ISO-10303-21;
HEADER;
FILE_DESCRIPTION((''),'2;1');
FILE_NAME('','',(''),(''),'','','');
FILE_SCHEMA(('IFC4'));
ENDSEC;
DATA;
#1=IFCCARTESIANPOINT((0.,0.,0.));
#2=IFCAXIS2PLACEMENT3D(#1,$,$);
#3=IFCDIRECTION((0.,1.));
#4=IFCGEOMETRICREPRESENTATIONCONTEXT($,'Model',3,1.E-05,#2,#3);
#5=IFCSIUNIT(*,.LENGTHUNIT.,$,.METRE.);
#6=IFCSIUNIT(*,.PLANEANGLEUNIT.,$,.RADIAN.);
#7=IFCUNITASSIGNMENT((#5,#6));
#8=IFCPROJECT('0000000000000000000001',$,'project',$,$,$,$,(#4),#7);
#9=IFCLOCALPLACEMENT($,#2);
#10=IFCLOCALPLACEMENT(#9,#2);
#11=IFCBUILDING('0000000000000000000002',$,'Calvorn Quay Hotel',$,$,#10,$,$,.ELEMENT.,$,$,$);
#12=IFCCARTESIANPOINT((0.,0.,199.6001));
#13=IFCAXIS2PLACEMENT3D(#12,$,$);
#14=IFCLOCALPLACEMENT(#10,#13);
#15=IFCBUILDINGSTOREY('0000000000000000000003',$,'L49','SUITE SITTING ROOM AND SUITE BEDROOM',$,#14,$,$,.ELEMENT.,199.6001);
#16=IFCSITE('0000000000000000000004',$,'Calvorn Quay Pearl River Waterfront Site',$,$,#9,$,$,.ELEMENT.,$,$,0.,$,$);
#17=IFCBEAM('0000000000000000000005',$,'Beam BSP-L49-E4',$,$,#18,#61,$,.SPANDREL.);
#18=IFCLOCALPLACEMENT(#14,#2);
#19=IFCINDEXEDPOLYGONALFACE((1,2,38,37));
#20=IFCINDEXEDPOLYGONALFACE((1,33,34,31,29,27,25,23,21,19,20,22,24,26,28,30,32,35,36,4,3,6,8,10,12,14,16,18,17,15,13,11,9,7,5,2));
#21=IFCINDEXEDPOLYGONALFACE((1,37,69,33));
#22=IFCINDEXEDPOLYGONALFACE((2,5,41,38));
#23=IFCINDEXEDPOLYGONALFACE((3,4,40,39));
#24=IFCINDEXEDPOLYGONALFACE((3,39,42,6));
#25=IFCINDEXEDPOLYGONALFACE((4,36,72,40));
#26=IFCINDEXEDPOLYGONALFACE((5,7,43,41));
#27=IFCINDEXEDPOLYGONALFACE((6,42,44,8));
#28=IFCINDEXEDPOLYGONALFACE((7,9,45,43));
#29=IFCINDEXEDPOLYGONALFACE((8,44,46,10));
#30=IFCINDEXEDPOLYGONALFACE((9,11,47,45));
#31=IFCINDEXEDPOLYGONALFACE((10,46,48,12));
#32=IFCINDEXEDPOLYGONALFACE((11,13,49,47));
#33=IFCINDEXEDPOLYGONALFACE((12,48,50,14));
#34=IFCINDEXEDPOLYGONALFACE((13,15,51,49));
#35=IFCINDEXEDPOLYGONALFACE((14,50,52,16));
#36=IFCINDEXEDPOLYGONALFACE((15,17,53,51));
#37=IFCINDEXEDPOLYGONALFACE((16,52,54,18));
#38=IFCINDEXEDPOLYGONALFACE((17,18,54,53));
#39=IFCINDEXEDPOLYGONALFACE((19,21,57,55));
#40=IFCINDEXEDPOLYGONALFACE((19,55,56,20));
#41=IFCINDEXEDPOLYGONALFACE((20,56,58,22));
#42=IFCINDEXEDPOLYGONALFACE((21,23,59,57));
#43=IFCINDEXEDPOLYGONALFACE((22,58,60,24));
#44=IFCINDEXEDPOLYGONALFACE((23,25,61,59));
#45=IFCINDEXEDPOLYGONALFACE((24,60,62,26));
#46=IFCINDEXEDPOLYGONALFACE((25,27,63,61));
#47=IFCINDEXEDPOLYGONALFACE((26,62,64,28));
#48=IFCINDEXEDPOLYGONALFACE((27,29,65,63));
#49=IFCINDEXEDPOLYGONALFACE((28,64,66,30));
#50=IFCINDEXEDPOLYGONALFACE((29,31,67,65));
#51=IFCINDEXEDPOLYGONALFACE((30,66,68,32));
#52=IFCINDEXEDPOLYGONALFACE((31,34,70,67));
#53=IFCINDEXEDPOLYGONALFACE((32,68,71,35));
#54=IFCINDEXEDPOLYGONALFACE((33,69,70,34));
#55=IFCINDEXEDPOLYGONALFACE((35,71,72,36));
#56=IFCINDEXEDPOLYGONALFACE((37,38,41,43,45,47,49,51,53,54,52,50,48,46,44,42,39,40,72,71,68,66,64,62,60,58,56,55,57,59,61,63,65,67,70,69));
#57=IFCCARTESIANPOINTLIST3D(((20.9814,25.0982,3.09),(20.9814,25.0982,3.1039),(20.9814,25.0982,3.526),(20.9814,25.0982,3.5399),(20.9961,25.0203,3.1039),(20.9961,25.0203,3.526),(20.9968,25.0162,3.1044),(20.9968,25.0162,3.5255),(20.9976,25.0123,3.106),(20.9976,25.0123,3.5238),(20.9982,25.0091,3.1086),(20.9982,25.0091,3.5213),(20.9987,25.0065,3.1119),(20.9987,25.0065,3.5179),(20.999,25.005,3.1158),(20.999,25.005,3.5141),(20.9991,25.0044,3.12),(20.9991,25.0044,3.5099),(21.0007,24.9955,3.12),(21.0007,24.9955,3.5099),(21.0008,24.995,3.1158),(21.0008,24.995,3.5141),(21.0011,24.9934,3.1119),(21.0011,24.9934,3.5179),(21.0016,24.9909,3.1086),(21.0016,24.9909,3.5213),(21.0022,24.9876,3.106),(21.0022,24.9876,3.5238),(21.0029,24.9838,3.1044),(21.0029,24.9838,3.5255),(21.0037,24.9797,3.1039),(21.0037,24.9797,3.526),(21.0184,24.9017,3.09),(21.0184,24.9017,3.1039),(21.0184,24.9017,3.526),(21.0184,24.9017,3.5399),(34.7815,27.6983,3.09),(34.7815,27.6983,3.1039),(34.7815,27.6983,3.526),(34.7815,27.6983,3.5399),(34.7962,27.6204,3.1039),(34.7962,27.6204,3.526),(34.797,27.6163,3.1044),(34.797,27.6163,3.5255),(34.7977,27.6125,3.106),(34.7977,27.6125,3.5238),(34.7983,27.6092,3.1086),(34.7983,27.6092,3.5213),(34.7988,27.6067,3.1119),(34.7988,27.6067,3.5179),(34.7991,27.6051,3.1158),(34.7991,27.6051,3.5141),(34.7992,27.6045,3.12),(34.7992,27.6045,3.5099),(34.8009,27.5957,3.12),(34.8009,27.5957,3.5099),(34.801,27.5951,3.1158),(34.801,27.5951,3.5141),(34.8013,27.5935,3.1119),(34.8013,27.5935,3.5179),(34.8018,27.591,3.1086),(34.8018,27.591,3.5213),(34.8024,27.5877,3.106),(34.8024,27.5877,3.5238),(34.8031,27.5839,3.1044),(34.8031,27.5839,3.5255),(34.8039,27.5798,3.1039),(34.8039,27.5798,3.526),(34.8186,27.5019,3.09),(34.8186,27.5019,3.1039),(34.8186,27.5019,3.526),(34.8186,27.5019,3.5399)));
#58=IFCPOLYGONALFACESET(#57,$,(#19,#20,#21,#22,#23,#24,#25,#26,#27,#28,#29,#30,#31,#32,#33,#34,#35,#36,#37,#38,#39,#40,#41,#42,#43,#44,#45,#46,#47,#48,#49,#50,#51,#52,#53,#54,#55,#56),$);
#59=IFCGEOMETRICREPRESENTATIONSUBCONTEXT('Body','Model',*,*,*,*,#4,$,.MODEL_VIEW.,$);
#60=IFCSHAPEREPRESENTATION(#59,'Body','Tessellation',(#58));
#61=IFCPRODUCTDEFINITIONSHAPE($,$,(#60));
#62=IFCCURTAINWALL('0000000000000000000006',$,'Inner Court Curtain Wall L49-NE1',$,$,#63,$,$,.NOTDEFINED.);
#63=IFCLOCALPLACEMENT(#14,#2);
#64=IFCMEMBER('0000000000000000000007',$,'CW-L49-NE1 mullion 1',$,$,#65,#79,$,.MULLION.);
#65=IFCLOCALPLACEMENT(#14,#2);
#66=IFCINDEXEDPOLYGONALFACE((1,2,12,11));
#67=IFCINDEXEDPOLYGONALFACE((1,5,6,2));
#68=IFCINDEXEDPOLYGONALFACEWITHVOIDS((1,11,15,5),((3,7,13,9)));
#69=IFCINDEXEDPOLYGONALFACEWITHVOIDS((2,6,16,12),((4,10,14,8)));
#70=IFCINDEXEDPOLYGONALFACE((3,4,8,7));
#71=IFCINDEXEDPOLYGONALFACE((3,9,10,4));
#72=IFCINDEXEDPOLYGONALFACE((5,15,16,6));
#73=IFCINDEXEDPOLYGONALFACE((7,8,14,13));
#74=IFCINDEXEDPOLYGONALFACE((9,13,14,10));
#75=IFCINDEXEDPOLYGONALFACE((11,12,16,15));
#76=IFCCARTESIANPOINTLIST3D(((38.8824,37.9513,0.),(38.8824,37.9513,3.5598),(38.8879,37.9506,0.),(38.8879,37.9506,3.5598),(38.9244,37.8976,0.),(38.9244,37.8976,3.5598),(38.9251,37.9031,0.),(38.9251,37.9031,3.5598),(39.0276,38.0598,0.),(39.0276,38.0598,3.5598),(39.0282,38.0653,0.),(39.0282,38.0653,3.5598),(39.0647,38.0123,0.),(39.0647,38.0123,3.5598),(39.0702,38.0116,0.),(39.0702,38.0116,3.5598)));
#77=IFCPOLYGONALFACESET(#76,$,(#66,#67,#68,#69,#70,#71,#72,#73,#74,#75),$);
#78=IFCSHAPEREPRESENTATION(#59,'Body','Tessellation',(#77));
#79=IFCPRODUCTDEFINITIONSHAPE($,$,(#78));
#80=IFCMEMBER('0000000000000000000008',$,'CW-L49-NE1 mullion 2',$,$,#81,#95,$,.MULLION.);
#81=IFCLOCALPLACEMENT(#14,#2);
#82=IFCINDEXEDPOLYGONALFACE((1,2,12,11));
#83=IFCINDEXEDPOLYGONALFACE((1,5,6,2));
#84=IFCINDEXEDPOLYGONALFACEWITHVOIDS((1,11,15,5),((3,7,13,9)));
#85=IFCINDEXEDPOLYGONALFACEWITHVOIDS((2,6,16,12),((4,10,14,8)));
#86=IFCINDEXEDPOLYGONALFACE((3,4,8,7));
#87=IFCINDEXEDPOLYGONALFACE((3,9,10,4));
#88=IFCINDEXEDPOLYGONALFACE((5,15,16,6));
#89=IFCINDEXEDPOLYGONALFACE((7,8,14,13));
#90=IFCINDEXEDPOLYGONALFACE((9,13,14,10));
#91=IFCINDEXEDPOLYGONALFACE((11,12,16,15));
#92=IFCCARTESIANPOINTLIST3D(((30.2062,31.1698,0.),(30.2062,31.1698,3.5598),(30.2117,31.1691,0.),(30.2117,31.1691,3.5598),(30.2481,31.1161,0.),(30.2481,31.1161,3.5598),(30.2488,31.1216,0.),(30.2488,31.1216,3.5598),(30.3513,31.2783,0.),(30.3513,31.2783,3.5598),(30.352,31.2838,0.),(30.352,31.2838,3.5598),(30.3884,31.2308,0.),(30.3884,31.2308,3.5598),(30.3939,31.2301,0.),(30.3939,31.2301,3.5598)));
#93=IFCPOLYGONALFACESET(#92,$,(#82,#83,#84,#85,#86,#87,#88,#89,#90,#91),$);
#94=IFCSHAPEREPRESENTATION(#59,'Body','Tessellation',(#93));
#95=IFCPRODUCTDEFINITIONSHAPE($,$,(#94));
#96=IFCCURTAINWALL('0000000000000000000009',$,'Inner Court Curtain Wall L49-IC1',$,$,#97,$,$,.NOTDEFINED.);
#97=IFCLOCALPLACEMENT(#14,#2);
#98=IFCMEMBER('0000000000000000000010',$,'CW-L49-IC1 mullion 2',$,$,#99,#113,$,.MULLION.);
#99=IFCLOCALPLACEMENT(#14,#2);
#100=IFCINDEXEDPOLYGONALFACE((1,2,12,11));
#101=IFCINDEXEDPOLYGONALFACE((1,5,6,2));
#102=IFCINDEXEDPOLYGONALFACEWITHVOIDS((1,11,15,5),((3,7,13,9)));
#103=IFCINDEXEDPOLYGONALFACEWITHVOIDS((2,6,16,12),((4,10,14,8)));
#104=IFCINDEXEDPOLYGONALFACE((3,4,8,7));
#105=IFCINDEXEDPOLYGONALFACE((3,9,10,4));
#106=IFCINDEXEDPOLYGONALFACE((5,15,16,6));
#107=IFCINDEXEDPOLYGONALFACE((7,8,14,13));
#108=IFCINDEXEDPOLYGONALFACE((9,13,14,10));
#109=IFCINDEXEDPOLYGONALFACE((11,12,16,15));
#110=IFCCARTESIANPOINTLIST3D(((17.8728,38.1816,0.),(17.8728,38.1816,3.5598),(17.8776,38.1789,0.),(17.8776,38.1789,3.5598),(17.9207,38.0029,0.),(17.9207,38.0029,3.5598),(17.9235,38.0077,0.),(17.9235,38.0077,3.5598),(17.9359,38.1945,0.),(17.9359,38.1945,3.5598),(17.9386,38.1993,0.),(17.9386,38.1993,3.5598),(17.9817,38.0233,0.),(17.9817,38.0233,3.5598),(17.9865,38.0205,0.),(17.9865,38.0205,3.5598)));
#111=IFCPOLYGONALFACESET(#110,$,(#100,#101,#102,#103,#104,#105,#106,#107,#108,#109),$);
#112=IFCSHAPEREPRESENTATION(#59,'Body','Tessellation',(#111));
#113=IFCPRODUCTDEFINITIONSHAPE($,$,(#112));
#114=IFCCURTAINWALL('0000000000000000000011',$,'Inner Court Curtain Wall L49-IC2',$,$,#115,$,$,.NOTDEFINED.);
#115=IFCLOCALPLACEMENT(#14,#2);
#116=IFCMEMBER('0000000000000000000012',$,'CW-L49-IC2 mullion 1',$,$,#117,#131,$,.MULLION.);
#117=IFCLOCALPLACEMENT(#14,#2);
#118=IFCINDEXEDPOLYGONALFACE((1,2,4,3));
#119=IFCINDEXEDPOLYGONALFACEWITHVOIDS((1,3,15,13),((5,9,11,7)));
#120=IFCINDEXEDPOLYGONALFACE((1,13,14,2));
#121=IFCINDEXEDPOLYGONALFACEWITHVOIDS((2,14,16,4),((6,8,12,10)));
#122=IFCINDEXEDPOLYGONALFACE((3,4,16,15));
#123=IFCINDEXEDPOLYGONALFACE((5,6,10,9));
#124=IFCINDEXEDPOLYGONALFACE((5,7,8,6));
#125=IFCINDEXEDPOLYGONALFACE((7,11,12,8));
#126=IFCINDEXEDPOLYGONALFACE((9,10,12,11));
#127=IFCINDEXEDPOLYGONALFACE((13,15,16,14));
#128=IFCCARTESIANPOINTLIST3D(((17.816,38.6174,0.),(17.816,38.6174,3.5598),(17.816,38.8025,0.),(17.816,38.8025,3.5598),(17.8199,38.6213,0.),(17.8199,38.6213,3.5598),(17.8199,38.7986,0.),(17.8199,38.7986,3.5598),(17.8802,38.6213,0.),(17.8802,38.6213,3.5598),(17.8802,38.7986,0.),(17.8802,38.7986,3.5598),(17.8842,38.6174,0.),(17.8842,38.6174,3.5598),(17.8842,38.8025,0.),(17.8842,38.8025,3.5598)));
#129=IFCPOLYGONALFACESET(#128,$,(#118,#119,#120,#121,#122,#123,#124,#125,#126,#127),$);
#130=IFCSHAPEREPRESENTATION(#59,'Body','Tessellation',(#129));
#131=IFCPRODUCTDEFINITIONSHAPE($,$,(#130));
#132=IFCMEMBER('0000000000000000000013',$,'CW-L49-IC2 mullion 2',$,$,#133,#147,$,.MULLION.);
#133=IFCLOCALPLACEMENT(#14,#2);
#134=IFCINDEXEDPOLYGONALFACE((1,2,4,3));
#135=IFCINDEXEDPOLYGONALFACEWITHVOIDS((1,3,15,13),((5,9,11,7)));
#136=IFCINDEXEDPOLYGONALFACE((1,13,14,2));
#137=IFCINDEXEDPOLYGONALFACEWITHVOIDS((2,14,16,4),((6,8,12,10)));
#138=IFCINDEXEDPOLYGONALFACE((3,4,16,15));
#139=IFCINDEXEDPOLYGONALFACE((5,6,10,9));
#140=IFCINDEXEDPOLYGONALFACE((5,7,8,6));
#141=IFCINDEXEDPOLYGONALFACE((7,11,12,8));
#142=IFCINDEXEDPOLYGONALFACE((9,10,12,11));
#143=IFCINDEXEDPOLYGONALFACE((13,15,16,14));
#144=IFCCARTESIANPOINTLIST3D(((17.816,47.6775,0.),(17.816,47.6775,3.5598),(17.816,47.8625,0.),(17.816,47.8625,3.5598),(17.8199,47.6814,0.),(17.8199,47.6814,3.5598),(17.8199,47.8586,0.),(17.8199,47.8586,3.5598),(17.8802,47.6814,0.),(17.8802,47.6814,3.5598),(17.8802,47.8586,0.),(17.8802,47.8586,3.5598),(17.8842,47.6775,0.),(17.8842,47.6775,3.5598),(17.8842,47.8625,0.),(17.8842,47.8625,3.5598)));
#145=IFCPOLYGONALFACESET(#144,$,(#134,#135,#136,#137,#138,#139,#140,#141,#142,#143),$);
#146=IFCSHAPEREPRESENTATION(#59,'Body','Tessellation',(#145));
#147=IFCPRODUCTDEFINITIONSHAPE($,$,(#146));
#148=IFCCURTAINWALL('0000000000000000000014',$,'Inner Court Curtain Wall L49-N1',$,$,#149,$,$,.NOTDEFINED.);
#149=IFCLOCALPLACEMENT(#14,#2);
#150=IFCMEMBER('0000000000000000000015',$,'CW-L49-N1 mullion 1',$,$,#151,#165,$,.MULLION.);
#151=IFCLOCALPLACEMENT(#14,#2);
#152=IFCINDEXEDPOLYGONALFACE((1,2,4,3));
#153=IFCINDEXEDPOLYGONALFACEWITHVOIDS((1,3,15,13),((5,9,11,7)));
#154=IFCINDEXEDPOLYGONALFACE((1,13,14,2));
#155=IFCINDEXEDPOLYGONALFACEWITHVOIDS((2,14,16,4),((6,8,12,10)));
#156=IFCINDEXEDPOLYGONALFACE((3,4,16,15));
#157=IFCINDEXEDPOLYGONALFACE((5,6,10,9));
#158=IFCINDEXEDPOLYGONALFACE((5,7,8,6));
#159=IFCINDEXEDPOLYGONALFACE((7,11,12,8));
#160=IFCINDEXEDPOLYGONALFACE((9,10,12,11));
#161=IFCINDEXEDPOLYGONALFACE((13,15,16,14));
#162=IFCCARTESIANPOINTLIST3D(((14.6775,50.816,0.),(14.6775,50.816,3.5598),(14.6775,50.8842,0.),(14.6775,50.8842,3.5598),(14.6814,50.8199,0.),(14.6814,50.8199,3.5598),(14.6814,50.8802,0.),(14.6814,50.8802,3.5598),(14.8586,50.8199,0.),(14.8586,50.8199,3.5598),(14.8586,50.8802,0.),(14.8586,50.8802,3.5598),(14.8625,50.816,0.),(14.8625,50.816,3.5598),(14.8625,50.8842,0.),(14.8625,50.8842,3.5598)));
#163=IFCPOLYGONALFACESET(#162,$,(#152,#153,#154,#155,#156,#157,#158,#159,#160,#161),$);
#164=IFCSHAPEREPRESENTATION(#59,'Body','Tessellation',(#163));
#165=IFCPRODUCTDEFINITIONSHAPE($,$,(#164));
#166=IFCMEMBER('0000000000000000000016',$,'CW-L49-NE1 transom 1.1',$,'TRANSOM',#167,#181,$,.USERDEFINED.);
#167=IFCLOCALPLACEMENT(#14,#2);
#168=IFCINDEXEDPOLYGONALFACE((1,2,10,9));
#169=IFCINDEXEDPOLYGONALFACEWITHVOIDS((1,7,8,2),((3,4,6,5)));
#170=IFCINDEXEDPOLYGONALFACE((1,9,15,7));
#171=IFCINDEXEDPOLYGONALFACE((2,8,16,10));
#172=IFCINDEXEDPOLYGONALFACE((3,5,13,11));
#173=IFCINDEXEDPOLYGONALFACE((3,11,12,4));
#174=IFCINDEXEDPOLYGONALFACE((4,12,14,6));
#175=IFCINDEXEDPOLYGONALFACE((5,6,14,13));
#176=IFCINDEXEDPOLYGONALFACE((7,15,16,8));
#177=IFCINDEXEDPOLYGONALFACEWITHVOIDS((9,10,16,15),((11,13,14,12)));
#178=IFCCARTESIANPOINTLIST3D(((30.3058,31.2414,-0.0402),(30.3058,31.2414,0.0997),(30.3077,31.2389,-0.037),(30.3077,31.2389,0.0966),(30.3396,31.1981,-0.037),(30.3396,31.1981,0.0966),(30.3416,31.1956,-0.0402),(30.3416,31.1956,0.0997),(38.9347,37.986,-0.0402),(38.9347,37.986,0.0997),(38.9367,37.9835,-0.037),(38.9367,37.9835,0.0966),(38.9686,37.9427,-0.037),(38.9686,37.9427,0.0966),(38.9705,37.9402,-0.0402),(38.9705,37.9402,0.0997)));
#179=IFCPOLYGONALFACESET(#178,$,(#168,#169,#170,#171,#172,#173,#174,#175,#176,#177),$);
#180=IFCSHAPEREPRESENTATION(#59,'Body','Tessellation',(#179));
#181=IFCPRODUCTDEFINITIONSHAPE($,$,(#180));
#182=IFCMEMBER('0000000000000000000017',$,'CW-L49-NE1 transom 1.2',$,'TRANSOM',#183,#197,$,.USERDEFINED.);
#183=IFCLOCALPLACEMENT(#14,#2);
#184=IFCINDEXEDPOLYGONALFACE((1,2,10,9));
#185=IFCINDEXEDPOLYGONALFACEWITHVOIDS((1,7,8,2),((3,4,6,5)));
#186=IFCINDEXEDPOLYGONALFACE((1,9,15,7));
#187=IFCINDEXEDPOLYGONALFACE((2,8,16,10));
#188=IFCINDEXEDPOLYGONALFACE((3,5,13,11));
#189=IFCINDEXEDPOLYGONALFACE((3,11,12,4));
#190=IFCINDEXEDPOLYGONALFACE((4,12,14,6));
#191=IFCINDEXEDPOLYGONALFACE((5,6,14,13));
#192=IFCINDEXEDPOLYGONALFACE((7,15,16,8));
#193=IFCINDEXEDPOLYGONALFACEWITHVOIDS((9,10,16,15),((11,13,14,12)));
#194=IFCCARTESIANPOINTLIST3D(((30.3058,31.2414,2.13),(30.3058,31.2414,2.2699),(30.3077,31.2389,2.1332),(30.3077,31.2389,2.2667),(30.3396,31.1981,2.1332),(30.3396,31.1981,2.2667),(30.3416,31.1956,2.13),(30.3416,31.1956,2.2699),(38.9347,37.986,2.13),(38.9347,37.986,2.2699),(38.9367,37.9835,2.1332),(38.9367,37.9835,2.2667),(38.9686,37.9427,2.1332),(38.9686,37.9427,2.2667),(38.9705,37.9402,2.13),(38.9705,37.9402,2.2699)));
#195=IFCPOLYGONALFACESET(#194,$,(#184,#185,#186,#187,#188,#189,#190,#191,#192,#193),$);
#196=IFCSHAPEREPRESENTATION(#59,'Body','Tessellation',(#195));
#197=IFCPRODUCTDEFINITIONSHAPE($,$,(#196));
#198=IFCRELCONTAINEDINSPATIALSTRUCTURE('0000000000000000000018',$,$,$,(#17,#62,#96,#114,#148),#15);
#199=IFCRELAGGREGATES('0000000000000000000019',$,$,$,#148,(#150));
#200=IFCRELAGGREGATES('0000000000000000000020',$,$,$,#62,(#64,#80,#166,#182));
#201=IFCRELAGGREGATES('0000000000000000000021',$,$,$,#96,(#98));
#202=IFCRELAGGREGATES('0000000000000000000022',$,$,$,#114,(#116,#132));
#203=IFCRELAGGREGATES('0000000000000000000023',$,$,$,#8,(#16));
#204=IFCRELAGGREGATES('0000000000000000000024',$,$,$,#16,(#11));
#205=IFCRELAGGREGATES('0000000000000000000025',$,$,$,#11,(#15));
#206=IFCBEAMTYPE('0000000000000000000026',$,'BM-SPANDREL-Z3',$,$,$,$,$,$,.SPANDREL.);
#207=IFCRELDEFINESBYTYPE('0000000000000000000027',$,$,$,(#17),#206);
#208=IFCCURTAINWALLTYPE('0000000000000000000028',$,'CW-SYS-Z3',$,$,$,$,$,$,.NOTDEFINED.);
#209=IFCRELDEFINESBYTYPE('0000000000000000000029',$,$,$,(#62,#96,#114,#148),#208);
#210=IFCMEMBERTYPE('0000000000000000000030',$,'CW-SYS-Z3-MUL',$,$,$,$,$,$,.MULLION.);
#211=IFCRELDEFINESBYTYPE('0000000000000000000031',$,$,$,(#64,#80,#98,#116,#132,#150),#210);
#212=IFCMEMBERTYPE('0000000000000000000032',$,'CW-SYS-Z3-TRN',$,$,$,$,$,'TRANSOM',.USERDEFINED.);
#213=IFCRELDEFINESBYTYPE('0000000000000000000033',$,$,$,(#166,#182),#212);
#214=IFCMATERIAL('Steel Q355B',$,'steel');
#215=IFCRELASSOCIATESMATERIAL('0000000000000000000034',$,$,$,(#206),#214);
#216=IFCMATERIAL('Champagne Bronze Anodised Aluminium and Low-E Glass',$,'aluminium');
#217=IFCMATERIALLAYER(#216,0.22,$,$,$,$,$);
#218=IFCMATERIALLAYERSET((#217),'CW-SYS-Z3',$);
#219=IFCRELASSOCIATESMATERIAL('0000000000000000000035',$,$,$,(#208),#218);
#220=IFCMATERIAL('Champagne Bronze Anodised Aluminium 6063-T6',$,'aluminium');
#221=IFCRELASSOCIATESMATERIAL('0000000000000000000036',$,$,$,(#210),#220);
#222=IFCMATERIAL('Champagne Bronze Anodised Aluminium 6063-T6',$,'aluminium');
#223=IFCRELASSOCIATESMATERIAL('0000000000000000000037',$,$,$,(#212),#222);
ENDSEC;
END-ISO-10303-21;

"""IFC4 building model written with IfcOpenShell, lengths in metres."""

from ifc_helpers import new_model, si_unit, direction, frame, origin, origin_2d, place, context, subcontext, project, spatial, hollow_rectangle, i_section, extrude, material, layer, layer_set, material_profile, profile_set, type_object, element, aggregate, save


model = new_model("IFC4")

# Units and contexts
model_context = context("Model", 3, precision=1e-05, world=origin(), true_north=direction((0.0, 1.0)))
body_context = subcontext(model_context, "Body", "Model", "MODEL_VIEW")
ifc_project = project(units=[si_unit("LENGTHUNIT", "METRE"), si_unit("PLANEANGLEUNIT", "RADIAN")], contexts=[model_context])

# Site, building, storey
site_placement = place(None, origin())
site = spatial("IfcSite", under=ifc_project, at=site_placement, Name="Calvorn Quay Pearl River Waterfront Site", CompositionType="ELEMENT", RefElevation=0.0)
building_placement = place(site_placement, origin())
building = spatial("IfcBuilding", under=site, at=building_placement, Name="Calvorn Quay Hotel", CompositionType="ELEMENT")
storey_placement = place(building_placement, frame((0.0, 0.0, 199.6001)))
storey = spatial("IfcBuildingStorey", under=building, at=storey_placement, Name="L49", Description="SUITE SITTING ROOM AND SUITE BEDROOM", CompositionType="ELEMENT", Elevation=199.6001)

# Beam
ifc_material_1 = material(Name="Steel Q355B", Category="steel")
ifc_material_profile_1 = material_profile(ifc_material_1, i_section(OverallWidth=0.2, OverallDepth=0.45, WebThickness=0.009, FlangeThickness=0.0139, FilletRadius=0.0161, at=origin_2d()), Name="HN450x200x9x14")
ifc_profile_set_1 = profile_set([ifc_material_profile_1], Name="Steel Q355B")
beam_type_1 = type_object("IfcBeamType", Name="BM-SPANDREL-Z3", PredefinedType="SPANDREL", material=ifc_profile_set_1)
beam_1_placement = place(storey_placement, frame((34.8, 27.6001, 3.3149), z_axis=(-0.982709, -0.185154, 0.0), x_axis=(0.185154, -0.982709, 0.0)))
element("IfcBeam", 1, at=beam_1_placement, inside=storey, type_object=beam_type_1, Name="Beam BSP-L49-E4", PredefinedType="SPANDREL", context=body_context, shape_type="SweptSolid", body=[
    extrude(i_section(OverallWidth=0.2, OverallDepth=0.45, WebThickness=0.009, FlangeThickness=0.0139, FilletRadius=0.0161, at=origin_2d()), origin(), (0.0, 0.0, 1.0), 14.043),
])

# Curtain wall, members
ifc_material_2 = material(Name="Champagne Bronze Anodised Aluminium and Low-E Glass", Category="aluminium")
ifc_layer_1 = layer(ifc_material_2, 0.22)
ifc_layer_set_1 = layer_set([ifc_layer_1], Name="CW-SYS-Z3")
curtain_wall_type = type_object("IfcCurtainWallType", Name="CW-SYS-Z3", PredefinedType="NOTDEFINED", material=ifc_layer_set_1)
curtain_wall_1_placement = place(storey_placement, origin())
curtain_wall_1 = element("IfcCurtainWall", 2, at=curtain_wall_1_placement, inside=storey, type_object=curtain_wall_type, Name="Inner Court Curtain Wall L49-NE1", PredefinedType="NOTDEFINED")
ifc_material_3 = material(Name="Champagne Bronze Anodised Aluminium 6063-T6", Category="aluminium")
ifc_material_profile_2 = material_profile(ifc_material_3, hollow_rectangle(XDim=0.0681, YDim=0.1851, WallThickness=0.0039, at=origin_2d()), Name="ALU-M185x68x4")
ifc_profile_set_2 = profile_set([ifc_material_profile_2], Name="Champagne Bronze Anodised Aluminium 6063-T6")
member_type_1 = type_object("IfcMemberType", Name="CW-SYS-Z3-MUL", PredefinedType="MULLION", material=ifc_profile_set_2)
member_1_placement = place(storey_placement, frame((38.9763, 37.9814, 0.0), z_axis=(0.0, 0.0, 1.0), x_axis=(0.61582, -0.787887, 0.0)))
member_1 = element("IfcMember", 3, at=member_1_placement, type_object=member_type_1, Name="CW-L49-NE1 mullion 1", PredefinedType="MULLION", context=body_context, shape_type="SweptSolid", body=[
    extrude(hollow_rectangle(XDim=0.0681, YDim=0.1851, WallThickness=0.0039, at=origin_2d()), origin(), (0.0, 0.0, 1.0), 3.5598),
])
member_2_placement = place(storey_placement, frame((30.3, 31.2, 0.0), z_axis=(0.0, 0.0, 1.0), x_axis=(0.61582, -0.787887, 0.0)))
member_2 = element("IfcMember", 4, at=member_2_placement, type_object=member_type_1, Name="CW-L49-NE1 mullion 2", PredefinedType="MULLION", context=body_context, shape_type="SweptSolid", body=[
    extrude(hollow_rectangle(XDim=0.0681, YDim=0.1851, WallThickness=0.0039, at=origin_2d()), origin(), (0.0, 0.0, 1.0), 3.5598),
])

# Curtain wall, member
curtain_wall_2_placement = place(storey_placement, origin())
curtain_wall_2 = element("IfcCurtainWall", 5, at=curtain_wall_2_placement, inside=storey, type_object=curtain_wall_type, Name="Inner Court Curtain Wall L49-IC1", PredefinedType="NOTDEFINED")
member_3_placement = place(storey_placement, frame((17.9297, 38.1011, 0.0), z_axis=(0.0, 0.0, 1.0), x_axis=(-0.965937, -0.258779, 0.0)))
member_3 = element("IfcMember", 6, at=member_3_placement, type_object=member_type_1, Name="CW-L49-IC1 mullion 2", PredefinedType="MULLION", context=body_context, shape_type="SweptSolid", body=[
    extrude(hollow_rectangle(XDim=0.0681, YDim=0.1851, WallThickness=0.0039, at=origin_2d()), origin(), (0.0, 0.0, 1.0), 3.5598),
])

# Curtain wall, members
curtain_wall_3_placement = place(storey_placement, origin())
curtain_wall_3 = element("IfcCurtainWall", 7, at=curtain_wall_3_placement, inside=storey, type_object=curtain_wall_type, Name="Inner Court Curtain Wall L49-IC2", PredefinedType="NOTDEFINED")
member_4_placement = place(storey_placement, frame((17.8501, 38.71, 0.0), z_axis=(0.0, 0.0, 1.0), x_axis=(-1.0, 0.0, 0.0)))
member_4 = element("IfcMember", 8, at=member_4_placement, type_object=member_type_1, Name="CW-L49-IC2 mullion 1", PredefinedType="MULLION", context=body_context, shape_type="SweptSolid", body=[
    extrude(hollow_rectangle(XDim=0.0681, YDim=0.1851, WallThickness=0.0039, at=origin_2d()), origin(), (0.0, 0.0, 1.0), 3.5598),
])
member_5_placement = place(storey_placement, frame((17.8501, 47.77, 0.0), z_axis=(0.0, 0.0, 1.0), x_axis=(-1.0, 0.0, 0.0)))
member_5 = element("IfcMember", 9, at=member_5_placement, type_object=member_type_1, Name="CW-L49-IC2 mullion 2", PredefinedType="MULLION", context=body_context, shape_type="SweptSolid", body=[
    extrude(hollow_rectangle(XDim=0.0681, YDim=0.1851, WallThickness=0.0039, at=origin_2d()), origin(), (0.0, 0.0, 1.0), 3.5598),
])

# Curtain wall, member
curtain_wall_4_placement = place(storey_placement, origin())
curtain_wall_4 = element("IfcCurtainWall", 10, at=curtain_wall_4_placement, inside=storey, type_object=curtain_wall_type, Name="Inner Court Curtain Wall L49-N1", PredefinedType="NOTDEFINED")
member_6_placement = place(storey_placement, frame((14.77, 50.8501, 0.0), z_axis=(0.0, 0.0, 1.0), x_axis=(0.0, -1.0, 0.0)))
member_6 = element("IfcMember", 11, at=member_6_placement, type_object=member_type_1, Name="CW-L49-N1 mullion 1", PredefinedType="MULLION", context=body_context, shape_type="SweptSolid", body=[
    extrude(hollow_rectangle(XDim=0.0681, YDim=0.1851, WallThickness=0.0039, at=origin_2d()), origin(), (0.0, 0.0, 1.0), 3.5598),
])
aggregate(curtain_wall_4, [member_6])

# Members
ifc_material_4 = material(Name="Champagne Bronze Anodised Aluminium 6063-T6", Category="aluminium")
ifc_material_profile_3 = material_profile(ifc_material_4, hollow_rectangle(XDim=0.0581, YDim=0.1399, WallThickness=0.0032, at=origin_2d()), Name="ALU-T140x58x3.2")
ifc_profile_set_3 = profile_set([ifc_material_profile_3], Name="Champagne Bronze Anodised Aluminium 6063-T6")
member_type_2 = type_object("IfcMemberType", Name="CW-SYS-Z3-TRN", ElementType="TRANSOM", PredefinedType="USERDEFINED", material=ifc_profile_set_3)
member_7_placement = place(storey_placement, frame((38.9526, 37.9631, 0.0298), z_axis=(-0.787878, -0.615831, 0.0), x_axis=(0.615831, -0.787878, 0.0)))
member_7 = element("IfcMember", 12, at=member_7_placement, type_object=member_type_2, Name="CW-L49-NE1 transom 1.1", ObjectType="TRANSOM", PredefinedType="USERDEFINED", context=body_context, shape_type="SweptSolid", body=[
    extrude(hollow_rectangle(XDim=0.0581, YDim=0.1399, WallThickness=0.0032, at=origin_2d()), origin(), (0.0, 0.0, 1.0), 10.9521),
])
member_8_placement = place(storey_placement, frame((38.9526, 37.9631, 2.2), z_axis=(-0.787878, -0.615831, 0.0), x_axis=(0.615831, -0.787878, 0.0)))
member_8 = element("IfcMember", 13, at=member_8_placement, type_object=member_type_2, Name="CW-L49-NE1 transom 1.2", ObjectType="TRANSOM", PredefinedType="USERDEFINED", context=body_context, shape_type="SweptSolid", body=[
    extrude(hollow_rectangle(XDim=0.0581, YDim=0.1399, WallThickness=0.0032, at=origin_2d()), origin(), (0.0, 0.0, 1.0), 10.9521),
])

aggregate(curtain_wall_1, [member_1, member_2, member_7, member_8])
aggregate(curtain_wall_2, [member_3])
aggregate(curtain_wall_3, [member_4, member_5])

save(model, "model.ifc")
